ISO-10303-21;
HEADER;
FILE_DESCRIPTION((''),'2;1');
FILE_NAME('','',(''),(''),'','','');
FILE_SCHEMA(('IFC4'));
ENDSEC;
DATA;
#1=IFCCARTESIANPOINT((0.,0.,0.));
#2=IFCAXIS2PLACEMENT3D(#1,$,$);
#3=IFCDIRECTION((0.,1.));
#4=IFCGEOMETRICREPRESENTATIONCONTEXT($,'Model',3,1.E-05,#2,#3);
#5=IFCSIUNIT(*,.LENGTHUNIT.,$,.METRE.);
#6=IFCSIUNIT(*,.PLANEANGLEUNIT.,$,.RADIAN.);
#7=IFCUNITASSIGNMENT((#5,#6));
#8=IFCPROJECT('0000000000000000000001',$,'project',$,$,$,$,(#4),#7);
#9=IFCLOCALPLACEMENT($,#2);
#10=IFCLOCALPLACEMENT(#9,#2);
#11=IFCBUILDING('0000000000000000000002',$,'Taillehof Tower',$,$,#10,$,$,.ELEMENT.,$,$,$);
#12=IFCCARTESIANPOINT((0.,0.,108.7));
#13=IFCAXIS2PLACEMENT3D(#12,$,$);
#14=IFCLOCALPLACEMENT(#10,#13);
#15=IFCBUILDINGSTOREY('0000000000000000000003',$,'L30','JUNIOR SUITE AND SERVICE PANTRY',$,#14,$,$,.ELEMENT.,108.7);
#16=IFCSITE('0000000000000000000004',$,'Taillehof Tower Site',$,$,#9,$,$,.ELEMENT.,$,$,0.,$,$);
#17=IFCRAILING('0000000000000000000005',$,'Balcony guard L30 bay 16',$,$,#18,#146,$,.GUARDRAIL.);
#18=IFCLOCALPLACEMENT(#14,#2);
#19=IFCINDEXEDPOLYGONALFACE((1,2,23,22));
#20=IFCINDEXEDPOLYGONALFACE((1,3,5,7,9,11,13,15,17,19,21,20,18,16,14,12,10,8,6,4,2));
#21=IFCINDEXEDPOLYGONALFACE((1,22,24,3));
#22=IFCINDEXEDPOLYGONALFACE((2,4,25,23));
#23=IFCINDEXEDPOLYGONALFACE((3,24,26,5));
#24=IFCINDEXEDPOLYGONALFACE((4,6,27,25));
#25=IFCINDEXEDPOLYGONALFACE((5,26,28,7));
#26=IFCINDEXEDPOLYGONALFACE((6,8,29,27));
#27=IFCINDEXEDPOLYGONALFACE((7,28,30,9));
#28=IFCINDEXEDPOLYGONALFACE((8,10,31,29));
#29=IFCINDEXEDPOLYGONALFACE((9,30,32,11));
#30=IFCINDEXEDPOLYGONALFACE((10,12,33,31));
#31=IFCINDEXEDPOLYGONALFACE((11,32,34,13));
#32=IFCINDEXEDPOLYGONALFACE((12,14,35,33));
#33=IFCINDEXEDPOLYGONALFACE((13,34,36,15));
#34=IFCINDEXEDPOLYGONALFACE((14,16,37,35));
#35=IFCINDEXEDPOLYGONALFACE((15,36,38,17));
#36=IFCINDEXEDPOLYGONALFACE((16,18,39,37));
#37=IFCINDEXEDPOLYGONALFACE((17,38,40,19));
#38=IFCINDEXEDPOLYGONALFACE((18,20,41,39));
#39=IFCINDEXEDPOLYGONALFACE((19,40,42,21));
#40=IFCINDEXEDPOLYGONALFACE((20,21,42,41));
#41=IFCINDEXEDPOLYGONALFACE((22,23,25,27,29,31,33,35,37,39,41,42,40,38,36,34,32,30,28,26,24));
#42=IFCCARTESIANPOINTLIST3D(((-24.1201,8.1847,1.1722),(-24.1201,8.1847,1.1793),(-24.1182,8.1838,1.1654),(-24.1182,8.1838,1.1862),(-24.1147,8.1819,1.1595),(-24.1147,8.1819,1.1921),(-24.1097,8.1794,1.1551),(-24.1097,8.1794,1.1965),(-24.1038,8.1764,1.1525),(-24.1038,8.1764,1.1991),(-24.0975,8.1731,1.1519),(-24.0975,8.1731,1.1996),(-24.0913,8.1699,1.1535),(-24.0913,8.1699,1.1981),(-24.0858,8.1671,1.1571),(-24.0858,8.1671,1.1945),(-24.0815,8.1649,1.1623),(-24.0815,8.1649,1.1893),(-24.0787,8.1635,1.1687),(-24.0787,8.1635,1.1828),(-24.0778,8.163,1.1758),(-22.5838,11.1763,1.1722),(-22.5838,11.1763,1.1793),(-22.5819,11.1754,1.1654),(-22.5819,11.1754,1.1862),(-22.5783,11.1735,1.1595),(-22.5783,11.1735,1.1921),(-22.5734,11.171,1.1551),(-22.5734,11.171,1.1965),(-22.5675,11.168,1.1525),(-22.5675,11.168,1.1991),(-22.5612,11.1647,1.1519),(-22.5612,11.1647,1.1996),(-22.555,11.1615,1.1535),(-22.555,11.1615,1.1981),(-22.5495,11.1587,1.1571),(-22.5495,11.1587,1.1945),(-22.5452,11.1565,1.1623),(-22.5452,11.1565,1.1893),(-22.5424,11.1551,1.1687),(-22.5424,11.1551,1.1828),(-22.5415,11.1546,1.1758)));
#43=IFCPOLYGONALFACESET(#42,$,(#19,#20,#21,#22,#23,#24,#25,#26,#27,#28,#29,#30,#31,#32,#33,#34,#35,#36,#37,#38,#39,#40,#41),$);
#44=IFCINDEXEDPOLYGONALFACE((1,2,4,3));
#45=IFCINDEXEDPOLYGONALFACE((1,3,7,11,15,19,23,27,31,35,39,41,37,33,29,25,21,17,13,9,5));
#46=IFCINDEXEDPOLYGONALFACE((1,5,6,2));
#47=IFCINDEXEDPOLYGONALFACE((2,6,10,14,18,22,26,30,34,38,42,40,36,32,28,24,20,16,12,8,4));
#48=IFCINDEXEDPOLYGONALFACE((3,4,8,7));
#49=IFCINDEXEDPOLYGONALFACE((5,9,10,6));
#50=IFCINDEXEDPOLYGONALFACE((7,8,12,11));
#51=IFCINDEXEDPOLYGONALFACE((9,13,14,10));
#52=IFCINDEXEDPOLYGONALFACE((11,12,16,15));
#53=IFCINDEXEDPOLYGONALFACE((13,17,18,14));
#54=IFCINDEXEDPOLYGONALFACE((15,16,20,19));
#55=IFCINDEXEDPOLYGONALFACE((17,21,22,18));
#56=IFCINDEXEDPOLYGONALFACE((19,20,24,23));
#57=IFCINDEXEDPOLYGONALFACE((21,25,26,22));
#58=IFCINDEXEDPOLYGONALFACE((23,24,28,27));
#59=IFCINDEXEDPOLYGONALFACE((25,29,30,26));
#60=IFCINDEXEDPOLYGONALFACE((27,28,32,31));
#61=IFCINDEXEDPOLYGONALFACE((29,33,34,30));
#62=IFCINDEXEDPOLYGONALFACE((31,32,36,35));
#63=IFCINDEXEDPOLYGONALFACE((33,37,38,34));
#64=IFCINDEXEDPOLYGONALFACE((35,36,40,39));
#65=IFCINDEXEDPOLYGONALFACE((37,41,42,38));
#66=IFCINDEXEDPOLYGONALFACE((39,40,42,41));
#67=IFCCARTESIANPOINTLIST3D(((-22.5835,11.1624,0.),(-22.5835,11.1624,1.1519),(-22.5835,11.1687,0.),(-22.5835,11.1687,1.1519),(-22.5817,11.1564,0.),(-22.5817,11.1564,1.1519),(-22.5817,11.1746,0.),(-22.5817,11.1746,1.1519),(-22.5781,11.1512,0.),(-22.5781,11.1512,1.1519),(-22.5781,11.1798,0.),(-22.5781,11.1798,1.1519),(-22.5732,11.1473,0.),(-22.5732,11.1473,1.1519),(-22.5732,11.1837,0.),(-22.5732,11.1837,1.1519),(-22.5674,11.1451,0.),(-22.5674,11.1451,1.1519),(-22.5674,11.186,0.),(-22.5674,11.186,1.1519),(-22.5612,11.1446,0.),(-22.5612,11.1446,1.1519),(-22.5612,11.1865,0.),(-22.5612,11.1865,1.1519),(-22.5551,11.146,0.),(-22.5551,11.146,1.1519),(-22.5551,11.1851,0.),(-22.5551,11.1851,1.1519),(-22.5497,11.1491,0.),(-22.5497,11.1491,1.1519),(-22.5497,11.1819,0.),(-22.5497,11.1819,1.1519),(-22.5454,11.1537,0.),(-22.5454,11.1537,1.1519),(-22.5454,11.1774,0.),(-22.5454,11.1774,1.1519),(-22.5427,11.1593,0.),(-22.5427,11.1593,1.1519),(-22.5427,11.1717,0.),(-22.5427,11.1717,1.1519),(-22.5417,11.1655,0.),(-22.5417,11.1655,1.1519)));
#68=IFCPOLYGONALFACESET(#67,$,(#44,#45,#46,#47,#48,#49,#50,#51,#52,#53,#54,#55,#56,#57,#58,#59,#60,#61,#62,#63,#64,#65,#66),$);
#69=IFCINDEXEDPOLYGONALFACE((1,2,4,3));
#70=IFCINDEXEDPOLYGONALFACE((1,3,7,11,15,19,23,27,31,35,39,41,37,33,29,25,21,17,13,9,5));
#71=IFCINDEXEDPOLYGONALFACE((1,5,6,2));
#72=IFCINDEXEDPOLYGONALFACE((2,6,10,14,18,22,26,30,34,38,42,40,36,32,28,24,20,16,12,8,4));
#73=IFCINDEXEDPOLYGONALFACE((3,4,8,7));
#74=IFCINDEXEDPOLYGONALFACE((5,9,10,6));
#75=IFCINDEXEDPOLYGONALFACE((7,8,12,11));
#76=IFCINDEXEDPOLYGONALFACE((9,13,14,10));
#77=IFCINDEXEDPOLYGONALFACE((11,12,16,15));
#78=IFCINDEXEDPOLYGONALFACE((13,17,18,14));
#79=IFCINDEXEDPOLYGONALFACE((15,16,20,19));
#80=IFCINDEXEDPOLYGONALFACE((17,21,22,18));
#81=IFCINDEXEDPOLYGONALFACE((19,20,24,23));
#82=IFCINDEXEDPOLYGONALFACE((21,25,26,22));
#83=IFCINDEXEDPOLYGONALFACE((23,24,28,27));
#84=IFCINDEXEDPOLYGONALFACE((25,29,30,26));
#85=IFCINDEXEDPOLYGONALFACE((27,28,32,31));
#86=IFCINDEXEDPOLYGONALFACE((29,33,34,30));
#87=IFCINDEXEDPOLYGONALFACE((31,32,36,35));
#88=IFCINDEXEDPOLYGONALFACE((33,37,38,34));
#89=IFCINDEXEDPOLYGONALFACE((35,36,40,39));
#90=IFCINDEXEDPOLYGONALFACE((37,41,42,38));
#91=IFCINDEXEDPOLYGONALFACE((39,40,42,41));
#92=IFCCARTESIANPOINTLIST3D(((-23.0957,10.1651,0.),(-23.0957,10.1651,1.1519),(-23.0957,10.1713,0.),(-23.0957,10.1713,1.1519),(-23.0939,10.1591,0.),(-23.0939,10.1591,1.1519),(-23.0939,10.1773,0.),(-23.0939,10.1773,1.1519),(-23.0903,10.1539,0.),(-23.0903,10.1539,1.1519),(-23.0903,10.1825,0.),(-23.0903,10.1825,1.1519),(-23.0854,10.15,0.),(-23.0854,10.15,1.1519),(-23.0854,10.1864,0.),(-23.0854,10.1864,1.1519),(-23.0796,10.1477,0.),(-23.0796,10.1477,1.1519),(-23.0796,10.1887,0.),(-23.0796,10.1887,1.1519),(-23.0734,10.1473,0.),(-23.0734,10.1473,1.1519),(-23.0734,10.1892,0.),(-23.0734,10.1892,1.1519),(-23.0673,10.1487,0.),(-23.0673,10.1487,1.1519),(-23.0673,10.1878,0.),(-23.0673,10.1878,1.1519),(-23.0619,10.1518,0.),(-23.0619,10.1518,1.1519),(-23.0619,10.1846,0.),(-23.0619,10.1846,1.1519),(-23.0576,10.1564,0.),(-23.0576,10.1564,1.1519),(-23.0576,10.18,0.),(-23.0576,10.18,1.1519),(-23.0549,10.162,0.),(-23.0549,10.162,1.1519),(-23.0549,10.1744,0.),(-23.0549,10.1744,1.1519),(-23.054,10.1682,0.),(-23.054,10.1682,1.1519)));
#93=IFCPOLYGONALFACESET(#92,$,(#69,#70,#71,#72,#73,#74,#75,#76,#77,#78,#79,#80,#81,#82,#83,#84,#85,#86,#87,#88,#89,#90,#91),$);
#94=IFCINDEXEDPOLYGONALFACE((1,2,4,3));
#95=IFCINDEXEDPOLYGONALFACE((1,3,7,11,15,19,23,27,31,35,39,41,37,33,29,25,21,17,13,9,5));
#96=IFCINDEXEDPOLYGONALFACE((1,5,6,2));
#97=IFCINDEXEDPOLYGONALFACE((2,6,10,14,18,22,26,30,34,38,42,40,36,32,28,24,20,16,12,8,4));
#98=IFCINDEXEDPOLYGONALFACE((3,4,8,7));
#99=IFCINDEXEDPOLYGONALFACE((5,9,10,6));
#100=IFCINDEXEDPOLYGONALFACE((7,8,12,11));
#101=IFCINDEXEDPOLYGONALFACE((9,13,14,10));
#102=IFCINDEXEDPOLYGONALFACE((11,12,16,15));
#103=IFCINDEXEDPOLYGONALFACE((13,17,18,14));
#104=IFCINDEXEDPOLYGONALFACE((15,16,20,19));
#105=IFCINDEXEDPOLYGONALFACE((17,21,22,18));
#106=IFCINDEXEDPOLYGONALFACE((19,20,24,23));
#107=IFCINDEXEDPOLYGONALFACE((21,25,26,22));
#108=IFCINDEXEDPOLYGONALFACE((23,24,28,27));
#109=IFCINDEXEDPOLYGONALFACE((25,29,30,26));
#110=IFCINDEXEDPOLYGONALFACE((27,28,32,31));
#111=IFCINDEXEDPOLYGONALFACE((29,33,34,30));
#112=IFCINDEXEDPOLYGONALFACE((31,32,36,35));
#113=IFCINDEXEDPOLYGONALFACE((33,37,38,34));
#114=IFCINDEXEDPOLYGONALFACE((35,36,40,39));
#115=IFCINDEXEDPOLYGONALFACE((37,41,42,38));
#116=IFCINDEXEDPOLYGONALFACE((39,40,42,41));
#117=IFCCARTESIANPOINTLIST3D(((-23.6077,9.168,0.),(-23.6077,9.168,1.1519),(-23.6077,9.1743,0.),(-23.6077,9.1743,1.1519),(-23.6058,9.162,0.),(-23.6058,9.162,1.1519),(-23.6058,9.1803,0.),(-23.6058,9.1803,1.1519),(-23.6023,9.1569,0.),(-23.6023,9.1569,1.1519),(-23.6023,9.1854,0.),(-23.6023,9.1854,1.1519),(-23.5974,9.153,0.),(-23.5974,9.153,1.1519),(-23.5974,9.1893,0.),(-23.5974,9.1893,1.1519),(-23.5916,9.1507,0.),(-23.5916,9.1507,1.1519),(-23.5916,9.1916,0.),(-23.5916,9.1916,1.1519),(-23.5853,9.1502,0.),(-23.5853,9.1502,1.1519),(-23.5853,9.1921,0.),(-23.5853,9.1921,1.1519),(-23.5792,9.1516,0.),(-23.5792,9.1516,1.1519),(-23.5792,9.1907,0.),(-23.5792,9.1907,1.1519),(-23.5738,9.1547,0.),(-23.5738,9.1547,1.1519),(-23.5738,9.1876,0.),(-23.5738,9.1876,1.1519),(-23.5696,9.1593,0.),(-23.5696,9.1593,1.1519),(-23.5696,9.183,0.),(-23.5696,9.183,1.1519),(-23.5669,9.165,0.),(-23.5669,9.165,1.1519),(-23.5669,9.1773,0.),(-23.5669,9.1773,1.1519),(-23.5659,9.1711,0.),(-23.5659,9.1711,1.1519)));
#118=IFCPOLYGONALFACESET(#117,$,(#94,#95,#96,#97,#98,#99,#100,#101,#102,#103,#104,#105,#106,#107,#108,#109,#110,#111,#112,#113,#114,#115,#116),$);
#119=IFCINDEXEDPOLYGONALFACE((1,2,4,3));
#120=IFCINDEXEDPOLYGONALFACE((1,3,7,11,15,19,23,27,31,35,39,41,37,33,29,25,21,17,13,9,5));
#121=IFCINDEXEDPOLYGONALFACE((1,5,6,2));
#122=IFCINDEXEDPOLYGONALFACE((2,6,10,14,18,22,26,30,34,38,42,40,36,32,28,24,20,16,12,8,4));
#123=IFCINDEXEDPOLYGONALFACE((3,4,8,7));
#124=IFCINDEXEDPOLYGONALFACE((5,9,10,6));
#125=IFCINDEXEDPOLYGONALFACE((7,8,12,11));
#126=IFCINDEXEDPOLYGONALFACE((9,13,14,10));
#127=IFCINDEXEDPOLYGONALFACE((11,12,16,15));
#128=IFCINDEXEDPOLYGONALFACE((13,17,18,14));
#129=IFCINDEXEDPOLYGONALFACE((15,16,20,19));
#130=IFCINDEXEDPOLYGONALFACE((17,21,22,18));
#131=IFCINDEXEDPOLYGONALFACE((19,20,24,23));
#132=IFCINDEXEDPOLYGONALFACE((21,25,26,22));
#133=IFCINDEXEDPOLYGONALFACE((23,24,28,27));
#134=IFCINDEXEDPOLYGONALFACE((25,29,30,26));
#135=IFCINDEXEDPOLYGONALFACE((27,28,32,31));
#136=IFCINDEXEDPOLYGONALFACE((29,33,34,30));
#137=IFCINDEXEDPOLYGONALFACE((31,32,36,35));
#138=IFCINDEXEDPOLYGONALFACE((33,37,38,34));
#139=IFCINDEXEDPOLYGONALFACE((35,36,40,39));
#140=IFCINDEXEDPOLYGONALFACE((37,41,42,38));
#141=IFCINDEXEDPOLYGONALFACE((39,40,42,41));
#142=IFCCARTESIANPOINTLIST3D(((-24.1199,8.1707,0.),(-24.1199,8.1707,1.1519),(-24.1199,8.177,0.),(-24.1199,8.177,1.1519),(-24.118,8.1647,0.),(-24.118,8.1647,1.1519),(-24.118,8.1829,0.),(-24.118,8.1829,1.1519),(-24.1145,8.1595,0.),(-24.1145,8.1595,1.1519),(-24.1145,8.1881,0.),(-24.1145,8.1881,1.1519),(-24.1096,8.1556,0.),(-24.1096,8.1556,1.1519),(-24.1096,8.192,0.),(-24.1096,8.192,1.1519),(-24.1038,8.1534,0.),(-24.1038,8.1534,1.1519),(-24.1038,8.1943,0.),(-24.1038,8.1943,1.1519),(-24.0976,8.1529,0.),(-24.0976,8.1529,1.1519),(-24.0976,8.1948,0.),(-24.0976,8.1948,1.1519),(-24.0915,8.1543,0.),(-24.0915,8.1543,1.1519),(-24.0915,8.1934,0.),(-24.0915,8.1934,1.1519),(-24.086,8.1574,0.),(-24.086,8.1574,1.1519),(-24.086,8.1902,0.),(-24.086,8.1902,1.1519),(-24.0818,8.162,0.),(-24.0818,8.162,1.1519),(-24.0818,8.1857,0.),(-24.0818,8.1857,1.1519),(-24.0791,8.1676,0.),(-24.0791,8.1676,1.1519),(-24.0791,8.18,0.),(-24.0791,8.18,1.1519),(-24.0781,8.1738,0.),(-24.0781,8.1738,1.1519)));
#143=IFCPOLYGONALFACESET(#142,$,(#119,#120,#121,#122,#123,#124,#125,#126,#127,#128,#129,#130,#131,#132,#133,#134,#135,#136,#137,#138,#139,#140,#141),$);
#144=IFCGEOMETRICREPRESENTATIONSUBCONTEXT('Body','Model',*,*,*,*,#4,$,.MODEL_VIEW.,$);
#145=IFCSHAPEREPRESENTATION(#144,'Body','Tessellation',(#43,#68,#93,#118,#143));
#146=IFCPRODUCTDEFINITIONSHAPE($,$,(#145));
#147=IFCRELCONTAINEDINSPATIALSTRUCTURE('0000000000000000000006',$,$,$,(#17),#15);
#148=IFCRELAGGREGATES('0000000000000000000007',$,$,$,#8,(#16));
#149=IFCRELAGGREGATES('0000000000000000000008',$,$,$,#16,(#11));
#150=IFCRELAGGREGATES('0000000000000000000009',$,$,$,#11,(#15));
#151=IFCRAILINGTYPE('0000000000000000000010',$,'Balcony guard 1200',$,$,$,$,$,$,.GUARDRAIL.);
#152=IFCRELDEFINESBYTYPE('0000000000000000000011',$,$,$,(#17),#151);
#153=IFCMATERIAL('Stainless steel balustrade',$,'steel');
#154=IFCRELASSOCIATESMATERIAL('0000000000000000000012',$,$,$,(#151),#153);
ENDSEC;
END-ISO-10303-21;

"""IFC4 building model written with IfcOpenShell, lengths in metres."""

from ifc_helpers import new_model, si_unit, direction, frame, origin, origin_2d, place, context, subcontext, project, spatial, circle, extrude, material, type_object, element, save


model = new_model("IFC4")

# Units and contexts
model_context = context("Model", 3, precision=1e-05, world=origin(), true_north=direction((0.0, 1.0)))
body_context = subcontext(model_context, "Body", "Model", "MODEL_VIEW")
ifc_project = project(units=[si_unit("LENGTHUNIT", "METRE"), si_unit("PLANEANGLEUNIT", "RADIAN")], contexts=[model_context])

# Site, building, storey
site_placement = place(None, origin())
site = spatial("IfcSite", under=ifc_project, at=site_placement, Name="Taillehof Tower Site", CompositionType="ELEMENT", RefElevation=0.0)
building_placement = place(site_placement, origin())
building = spatial("IfcBuilding", under=site, at=building_placement, Name="Taillehof Tower", CompositionType="ELEMENT")
storey_placement = place(building_placement, frame((0.0, 0.0, 108.7)))
storey = spatial("IfcBuildingStorey", under=building, at=storey_placement, Name="L30", Description="JUNIOR SUITE AND SERVICE PANTRY", CompositionType="ELEMENT", Elevation=108.7)

# Railing
ifc_material_1 = material(Name="Stainless steel balustrade", Category="steel")
railing_type_1 = type_object("IfcRailingType", Name="Balcony guard 1200", PredefinedType="GUARDRAIL", material=ifc_material_1)
railing_1_placement = place(storey_placement, frame((-22.5627, 11.1655, 0.0)))
element("IfcRailing", 1, at=railing_1_placement, inside=storey, type_object=railing_type_1, Name="Balcony guard L30 bay 16", PredefinedType="GUARDRAIL", context=body_context, shape_type="SweptSolid", body=[
    extrude(circle(Radius=0.0239, at=origin_2d()), frame((0.0, 0.0, 1.1758), z_axis=(-0.456828, -0.889555, 0.0), x_axis=(0.889555, -0.456828, 0.0)), (0.0, 0.0, 1.0), 3.363),
    extrude(circle(Radius=0.021, at=origin_2d()), origin(), (0.0, 0.0, 1.0), 1.1519),
    extrude(circle(Radius=0.021, at=origin_2d()), frame((-0.5122, -0.9973, 0.0)), (0.0, 0.0, 1.0), 1.1519),
    extrude(circle(Radius=0.021, at=origin_2d()), frame((-1.0242, -1.9944, 0.0)), (0.0, 0.0, 1.0), 1.1519),
    extrude(circle(Radius=0.021, at=origin_2d()), frame((-1.5364, -2.9917, 0.0)), (0.0, 0.0, 1.0), 1.1519),
])

save(model, "model.ifc")
